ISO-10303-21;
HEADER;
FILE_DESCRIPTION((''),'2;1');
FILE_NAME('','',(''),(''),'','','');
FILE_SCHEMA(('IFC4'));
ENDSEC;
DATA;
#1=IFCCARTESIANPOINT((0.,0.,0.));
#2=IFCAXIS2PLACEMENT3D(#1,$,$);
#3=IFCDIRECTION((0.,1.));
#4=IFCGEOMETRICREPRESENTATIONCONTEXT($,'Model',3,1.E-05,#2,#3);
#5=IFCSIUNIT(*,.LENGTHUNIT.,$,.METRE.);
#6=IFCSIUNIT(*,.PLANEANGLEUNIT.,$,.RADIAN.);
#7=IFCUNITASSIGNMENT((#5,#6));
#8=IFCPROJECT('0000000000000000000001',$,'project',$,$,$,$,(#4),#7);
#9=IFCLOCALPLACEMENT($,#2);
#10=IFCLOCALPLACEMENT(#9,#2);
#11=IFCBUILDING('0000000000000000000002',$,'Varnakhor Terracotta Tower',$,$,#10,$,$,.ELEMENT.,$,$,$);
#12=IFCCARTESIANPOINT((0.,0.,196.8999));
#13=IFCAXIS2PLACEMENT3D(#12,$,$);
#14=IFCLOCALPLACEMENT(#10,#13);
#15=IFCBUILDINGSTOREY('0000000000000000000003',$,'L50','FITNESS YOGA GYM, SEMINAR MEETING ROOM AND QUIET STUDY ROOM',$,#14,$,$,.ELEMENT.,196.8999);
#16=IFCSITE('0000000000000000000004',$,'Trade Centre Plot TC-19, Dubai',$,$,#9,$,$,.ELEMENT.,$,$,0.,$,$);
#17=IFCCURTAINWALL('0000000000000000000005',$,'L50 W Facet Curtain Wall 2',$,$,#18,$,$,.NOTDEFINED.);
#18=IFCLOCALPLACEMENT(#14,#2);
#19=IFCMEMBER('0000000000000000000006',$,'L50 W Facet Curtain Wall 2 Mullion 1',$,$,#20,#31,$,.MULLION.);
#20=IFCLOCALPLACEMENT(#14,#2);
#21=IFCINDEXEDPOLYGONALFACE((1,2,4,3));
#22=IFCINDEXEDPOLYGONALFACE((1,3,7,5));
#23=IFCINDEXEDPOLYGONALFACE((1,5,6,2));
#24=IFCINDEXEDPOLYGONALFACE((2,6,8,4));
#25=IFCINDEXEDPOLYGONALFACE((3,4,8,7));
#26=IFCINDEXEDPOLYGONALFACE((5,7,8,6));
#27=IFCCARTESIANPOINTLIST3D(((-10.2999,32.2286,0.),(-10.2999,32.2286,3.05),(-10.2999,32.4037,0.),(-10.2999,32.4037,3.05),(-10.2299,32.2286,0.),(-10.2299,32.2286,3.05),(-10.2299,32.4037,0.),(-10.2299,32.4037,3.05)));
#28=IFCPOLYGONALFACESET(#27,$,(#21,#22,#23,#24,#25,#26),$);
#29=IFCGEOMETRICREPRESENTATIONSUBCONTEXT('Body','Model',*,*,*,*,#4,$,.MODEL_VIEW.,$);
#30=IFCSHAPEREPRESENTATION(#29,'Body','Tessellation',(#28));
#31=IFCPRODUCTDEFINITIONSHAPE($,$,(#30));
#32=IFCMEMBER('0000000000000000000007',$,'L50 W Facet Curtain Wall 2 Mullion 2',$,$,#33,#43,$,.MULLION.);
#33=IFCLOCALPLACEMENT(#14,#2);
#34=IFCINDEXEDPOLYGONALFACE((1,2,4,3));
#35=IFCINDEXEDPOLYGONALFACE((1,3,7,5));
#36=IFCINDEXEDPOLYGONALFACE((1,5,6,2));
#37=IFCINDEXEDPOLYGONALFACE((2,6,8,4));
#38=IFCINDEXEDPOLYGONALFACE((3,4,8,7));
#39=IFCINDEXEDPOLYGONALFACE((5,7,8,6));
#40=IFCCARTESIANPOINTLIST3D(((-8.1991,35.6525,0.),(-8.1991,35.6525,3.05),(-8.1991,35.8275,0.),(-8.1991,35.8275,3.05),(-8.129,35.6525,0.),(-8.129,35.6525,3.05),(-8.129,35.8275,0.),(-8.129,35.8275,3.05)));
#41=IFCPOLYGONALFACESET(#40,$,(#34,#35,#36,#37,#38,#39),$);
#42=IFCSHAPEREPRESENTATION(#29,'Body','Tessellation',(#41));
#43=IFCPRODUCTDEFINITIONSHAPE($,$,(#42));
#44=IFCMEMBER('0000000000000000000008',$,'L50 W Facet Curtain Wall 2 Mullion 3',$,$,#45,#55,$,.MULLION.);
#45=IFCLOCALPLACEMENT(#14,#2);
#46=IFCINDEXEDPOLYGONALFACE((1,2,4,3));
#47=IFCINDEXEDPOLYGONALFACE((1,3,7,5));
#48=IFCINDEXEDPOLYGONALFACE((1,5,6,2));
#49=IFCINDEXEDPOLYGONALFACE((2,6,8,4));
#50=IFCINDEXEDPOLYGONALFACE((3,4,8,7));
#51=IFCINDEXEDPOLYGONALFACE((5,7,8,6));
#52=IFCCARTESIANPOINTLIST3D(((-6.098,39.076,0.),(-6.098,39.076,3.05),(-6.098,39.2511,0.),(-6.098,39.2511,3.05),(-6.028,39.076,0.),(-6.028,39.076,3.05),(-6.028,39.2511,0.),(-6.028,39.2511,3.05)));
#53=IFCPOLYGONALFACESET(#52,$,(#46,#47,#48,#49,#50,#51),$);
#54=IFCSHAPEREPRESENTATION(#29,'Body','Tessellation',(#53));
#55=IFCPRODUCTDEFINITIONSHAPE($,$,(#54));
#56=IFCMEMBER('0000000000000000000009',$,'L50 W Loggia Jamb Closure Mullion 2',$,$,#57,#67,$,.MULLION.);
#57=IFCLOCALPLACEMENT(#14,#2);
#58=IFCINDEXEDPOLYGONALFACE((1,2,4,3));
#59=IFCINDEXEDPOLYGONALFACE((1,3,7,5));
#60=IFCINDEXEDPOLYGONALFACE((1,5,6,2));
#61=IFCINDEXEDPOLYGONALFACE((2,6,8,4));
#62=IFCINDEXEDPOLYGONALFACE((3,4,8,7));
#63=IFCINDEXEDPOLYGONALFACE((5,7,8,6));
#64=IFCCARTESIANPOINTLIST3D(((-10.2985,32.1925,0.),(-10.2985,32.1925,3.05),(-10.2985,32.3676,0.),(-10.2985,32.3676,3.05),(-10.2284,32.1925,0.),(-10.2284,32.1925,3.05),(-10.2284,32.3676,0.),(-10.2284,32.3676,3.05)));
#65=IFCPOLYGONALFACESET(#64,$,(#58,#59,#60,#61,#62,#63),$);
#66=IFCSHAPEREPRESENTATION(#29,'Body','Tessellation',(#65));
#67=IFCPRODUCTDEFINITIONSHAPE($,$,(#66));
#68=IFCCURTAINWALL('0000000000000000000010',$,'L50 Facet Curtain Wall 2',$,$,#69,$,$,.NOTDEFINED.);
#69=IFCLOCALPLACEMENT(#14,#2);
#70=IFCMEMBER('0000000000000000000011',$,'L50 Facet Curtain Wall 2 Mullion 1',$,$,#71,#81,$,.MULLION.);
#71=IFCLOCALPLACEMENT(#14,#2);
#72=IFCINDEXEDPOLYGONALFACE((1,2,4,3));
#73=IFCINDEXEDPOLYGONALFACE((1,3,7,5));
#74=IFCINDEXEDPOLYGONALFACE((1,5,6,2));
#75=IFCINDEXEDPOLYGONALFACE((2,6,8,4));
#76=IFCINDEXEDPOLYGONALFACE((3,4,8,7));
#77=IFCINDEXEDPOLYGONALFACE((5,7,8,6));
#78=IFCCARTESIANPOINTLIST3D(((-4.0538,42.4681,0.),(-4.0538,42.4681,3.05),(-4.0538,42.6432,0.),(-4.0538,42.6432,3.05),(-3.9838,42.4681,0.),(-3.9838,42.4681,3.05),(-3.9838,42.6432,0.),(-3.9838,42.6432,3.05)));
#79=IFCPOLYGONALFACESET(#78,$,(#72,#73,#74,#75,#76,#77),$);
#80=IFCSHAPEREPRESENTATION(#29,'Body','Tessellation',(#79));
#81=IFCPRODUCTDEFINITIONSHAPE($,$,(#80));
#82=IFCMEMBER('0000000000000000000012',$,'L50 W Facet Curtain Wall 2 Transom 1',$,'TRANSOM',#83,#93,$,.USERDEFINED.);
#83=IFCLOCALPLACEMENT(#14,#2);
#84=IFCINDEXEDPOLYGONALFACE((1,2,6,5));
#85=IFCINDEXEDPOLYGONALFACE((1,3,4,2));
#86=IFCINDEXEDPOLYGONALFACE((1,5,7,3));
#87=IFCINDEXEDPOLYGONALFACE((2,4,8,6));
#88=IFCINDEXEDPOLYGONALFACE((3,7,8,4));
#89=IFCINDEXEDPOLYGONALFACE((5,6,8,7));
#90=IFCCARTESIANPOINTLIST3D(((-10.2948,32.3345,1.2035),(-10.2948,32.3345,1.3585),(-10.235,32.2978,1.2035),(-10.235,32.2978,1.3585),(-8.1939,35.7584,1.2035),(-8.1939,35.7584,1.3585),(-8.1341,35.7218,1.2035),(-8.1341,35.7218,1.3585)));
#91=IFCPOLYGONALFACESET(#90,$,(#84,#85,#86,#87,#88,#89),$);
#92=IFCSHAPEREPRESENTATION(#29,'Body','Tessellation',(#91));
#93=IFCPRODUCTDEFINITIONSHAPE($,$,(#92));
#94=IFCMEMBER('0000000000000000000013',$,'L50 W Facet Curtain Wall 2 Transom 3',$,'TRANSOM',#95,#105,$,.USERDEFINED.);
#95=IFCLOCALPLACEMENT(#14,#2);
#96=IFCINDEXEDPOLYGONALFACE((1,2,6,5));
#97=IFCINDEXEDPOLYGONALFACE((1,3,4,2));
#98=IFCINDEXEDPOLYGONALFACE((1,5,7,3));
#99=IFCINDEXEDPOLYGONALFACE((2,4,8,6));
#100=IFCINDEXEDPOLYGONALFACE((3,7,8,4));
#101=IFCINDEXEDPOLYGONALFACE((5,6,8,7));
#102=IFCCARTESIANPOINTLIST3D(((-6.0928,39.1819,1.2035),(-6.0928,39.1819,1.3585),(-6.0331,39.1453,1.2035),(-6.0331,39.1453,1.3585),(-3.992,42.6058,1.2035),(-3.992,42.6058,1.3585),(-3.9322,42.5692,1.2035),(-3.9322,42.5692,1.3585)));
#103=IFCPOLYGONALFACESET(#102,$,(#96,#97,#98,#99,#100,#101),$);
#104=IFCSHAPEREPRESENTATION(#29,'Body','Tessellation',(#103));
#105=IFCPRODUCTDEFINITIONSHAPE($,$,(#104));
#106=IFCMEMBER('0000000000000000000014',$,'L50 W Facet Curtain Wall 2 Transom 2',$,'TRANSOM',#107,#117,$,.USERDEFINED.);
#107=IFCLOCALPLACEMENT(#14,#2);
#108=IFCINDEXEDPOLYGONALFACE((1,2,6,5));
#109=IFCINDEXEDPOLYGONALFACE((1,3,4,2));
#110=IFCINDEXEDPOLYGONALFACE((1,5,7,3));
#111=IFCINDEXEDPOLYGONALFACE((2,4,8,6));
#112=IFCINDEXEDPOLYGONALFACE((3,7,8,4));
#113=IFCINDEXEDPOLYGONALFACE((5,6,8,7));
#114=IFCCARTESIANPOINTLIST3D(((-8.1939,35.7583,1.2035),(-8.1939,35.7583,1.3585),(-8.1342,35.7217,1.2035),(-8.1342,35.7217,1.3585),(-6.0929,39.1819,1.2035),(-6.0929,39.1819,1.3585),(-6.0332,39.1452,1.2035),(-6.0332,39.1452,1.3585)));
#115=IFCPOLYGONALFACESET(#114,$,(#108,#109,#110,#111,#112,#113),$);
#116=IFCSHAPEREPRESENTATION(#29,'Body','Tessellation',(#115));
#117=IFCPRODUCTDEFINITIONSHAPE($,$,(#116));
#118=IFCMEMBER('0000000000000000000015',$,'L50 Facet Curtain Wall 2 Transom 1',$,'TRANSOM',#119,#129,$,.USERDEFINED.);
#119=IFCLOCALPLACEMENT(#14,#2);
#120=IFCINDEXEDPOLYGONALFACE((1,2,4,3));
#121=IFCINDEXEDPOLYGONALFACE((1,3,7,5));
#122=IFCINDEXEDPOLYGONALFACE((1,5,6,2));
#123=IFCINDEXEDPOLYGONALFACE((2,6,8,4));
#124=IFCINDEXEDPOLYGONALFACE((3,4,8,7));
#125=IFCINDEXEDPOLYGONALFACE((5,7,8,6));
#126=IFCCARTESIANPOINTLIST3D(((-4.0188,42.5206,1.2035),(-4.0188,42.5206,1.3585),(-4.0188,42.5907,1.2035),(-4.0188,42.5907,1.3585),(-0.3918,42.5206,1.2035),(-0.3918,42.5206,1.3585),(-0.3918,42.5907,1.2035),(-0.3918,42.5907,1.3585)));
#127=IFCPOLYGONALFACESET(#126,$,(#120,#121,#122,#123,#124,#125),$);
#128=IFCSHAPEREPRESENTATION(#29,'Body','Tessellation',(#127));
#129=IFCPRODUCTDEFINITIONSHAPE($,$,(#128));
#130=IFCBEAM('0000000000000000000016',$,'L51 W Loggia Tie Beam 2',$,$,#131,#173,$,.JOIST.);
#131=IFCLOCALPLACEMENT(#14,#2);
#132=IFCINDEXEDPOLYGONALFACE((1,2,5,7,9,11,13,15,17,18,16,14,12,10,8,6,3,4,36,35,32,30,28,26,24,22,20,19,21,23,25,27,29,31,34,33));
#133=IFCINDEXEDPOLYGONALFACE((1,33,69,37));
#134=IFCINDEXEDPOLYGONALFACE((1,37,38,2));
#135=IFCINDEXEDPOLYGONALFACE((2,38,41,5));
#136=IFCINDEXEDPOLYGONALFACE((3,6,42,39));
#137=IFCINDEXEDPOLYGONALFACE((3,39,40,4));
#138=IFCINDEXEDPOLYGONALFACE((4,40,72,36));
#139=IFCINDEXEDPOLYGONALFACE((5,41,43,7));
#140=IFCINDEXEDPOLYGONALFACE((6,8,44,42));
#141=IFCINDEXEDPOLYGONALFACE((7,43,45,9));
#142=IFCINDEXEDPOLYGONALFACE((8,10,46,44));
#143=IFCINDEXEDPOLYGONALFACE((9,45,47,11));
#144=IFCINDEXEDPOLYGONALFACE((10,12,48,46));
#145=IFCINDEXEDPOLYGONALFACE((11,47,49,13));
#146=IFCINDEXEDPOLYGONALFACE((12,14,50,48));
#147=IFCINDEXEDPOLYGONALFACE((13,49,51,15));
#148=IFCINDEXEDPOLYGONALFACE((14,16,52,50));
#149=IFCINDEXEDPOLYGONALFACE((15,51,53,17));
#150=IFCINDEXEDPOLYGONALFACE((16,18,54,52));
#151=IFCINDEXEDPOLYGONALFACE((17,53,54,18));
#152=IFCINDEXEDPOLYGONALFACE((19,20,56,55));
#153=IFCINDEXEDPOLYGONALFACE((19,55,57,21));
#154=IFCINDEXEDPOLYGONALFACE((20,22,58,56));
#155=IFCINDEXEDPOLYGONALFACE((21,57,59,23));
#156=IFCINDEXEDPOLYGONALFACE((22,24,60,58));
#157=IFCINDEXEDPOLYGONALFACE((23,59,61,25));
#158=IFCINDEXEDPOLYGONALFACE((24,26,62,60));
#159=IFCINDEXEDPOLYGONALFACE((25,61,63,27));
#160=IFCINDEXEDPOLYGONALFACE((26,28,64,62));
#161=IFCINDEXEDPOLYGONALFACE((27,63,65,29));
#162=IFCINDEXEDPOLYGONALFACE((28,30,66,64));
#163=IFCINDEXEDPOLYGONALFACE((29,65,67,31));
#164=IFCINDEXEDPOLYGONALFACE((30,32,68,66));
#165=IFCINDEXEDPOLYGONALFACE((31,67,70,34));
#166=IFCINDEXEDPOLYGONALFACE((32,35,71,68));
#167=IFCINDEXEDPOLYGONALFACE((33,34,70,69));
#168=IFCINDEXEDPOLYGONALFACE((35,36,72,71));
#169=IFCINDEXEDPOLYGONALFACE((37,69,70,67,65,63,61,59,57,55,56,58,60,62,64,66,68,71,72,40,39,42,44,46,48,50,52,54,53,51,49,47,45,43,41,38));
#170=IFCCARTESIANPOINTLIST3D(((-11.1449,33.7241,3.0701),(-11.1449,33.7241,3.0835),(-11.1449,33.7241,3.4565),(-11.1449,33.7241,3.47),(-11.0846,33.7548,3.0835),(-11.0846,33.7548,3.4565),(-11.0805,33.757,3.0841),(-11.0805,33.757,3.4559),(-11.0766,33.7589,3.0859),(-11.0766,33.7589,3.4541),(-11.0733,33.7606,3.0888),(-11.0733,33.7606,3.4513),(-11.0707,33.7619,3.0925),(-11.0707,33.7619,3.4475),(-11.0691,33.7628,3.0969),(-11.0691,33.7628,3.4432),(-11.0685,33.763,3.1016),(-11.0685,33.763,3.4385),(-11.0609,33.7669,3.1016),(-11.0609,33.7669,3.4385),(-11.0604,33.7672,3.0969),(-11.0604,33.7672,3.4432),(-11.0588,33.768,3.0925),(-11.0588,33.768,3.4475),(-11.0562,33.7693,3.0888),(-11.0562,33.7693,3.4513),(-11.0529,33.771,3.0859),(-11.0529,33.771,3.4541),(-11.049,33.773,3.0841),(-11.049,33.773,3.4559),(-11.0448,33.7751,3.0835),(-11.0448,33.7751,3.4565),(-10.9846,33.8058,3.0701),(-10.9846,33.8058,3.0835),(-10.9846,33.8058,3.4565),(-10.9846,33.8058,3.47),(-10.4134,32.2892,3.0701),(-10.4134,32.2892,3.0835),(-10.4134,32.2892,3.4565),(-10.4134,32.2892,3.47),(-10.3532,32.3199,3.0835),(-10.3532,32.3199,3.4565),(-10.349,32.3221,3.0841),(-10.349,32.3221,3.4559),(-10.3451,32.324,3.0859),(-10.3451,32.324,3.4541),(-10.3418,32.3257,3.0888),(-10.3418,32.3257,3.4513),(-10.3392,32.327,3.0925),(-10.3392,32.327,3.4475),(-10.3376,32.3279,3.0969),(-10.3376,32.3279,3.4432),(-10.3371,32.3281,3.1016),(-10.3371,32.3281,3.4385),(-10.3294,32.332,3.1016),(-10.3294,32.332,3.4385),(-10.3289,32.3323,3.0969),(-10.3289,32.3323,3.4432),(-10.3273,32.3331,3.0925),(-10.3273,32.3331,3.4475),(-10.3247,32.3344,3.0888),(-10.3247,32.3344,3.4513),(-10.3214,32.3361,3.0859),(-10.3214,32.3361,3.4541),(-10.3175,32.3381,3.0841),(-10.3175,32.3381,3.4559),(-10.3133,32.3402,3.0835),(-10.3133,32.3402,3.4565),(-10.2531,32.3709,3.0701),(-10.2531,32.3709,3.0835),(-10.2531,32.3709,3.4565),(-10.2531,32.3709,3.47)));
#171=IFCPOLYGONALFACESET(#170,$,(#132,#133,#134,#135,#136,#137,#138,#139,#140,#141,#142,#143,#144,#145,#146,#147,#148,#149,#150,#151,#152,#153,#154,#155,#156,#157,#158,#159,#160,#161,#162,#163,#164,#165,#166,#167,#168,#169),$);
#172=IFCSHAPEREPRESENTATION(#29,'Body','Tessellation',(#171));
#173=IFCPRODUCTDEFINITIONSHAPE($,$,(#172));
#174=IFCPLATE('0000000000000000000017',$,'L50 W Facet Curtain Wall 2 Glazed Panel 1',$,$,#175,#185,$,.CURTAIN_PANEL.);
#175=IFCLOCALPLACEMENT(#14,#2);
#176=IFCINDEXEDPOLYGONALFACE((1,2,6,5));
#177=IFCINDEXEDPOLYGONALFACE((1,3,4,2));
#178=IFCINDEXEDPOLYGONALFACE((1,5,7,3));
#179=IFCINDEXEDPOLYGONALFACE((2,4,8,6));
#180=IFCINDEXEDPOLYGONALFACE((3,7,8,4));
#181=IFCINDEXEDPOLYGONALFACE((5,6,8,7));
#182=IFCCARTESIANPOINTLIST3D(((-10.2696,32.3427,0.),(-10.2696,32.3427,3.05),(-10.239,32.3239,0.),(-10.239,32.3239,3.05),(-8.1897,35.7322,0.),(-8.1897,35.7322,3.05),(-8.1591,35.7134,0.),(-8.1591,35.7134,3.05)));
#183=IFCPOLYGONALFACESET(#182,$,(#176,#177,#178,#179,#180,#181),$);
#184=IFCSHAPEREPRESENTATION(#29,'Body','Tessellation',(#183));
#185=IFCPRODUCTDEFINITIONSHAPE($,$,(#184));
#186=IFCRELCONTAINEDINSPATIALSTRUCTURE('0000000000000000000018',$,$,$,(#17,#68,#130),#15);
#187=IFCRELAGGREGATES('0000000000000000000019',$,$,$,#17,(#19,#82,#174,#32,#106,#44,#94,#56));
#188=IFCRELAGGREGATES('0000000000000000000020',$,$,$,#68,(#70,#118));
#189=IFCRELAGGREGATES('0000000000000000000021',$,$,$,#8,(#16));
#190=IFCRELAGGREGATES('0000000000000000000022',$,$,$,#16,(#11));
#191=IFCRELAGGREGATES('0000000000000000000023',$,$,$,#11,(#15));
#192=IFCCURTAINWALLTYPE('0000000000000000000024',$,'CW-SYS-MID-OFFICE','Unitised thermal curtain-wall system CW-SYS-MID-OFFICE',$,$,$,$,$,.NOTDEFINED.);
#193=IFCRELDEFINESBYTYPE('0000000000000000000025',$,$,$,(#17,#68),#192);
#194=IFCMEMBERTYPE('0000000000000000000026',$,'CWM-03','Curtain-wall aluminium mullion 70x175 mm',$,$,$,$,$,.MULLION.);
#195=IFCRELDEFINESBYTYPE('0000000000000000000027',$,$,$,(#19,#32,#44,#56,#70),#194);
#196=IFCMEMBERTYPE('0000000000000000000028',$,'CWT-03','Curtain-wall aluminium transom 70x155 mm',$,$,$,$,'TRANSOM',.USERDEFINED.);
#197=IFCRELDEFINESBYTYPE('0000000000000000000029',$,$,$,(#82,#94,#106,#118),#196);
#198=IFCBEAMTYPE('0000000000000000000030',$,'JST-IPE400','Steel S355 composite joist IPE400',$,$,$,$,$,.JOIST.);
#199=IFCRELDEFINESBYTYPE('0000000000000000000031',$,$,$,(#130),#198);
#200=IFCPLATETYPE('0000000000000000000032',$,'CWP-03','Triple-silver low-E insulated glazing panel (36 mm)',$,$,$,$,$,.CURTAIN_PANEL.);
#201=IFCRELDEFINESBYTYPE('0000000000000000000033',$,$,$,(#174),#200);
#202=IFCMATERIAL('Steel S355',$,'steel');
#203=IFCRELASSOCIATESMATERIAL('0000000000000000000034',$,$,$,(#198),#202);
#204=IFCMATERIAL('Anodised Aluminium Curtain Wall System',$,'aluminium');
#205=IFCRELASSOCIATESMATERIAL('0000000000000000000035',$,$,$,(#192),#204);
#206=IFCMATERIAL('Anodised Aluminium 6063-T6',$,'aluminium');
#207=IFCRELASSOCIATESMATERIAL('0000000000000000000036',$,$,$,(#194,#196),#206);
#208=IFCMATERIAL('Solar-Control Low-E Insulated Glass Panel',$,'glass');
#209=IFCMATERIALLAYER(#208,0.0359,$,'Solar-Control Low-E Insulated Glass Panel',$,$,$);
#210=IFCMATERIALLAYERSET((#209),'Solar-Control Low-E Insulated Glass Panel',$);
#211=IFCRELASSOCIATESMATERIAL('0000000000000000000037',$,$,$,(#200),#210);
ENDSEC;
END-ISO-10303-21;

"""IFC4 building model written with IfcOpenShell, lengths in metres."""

from ifc_helpers import new_model, si_unit, direction, frame, origin, origin_2d, place, context, subcontext, project, spatial, rectangle, i_section, extrude, source, transform, mapped, material, layer, layer_set, material_profile, profile_set, type_object, element, aggregate, save


model = new_model("IFC4")

# Units and contexts
model_context = context("Model", 3, precision=1e-05, world=origin(), true_north=direction((0.0, 1.0)))
body_context = subcontext(model_context, "Body", "Model", "MODEL_VIEW")
ifc_project = project(units=[si_unit("LENGTHUNIT", "METRE"), si_unit("PLANEANGLEUNIT", "RADIAN")], contexts=[model_context])

# Site, building, storey
site_placement = place(None, origin())
site = spatial("IfcSite", under=ifc_project, at=site_placement, Name="Trade Centre Plot TC-19, Dubai", CompositionType="ELEMENT", RefElevation=0.0)
building_placement = place(site_placement, origin())
building = spatial("IfcBuilding", under=site, at=building_placement, Name="Varnakhor Terracotta Tower", CompositionType="ELEMENT")
storey_placement = place(building_placement, frame((0.0, 0.0, 196.8999)))
storey = spatial("IfcBuildingStorey", under=building, at=storey_placement, Name="L50", Description="FITNESS YOGA GYM, SEMINAR MEETING ROOM AND QUIET STUDY ROOM", CompositionType="ELEMENT", Elevation=196.8999)

# Shared definitions
ifc_material_1 = material(Name="Steel S355", Category="steel")
ifc_material_profile_1 = material_profile(ifc_material_1, i_section(OverallWidth=0.1799, OverallDepth=0.3999, WebThickness=0.0085, FlangeThickness=0.0134, FilletRadius=0.0181, at=origin_2d()), Name="IPE400")
ifc_profile_set_1 = profile_set([ifc_material_profile_1], Name="Steel S355")
beam_type_1 = type_object("IfcBeamType", Name="JST-IPE400", Description="Steel S355 composite joist IPE400", PredefinedType="JOIST", material=ifc_profile_set_1)

# Curtain wall, members
ifc_material_2 = material(Name="Anodised Aluminium Curtain Wall System", Category="aluminium")
curtain_wall_type = type_object("IfcCurtainWallType", Name="CW-SYS-MID-OFFICE", Description="Unitised thermal curtain-wall system CW-SYS-MID-OFFICE", PredefinedType="NOTDEFINED", material=ifc_material_2)
curtain_wall_1_placement = place(storey_placement, origin())
curtain_wall_1 = element("IfcCurtainWall", 1, at=curtain_wall_1_placement, inside=storey, type_object=curtain_wall_type, Name="L50 W Facet Curtain Wall 2", PredefinedType="NOTDEFINED")
ifc_material_3 = material(Name="Anodised Aluminium 6063-T6", Category="aluminium")
ifc_material_profile_2 = material_profile(ifc_material_3, rectangle(XDim=0.0701, YDim=0.175, at=origin_2d()), Name="ALU MULLION 70x175")
ifc_profile_set_2 = profile_set([ifc_material_profile_2], Name="Anodised Aluminium 6063-T6")
member_type_1 = type_object("IfcMemberType", Name="CWM-03", Description="Curtain-wall aluminium mullion 70x175 mm", PredefinedType="MULLION", material=ifc_profile_set_2)
shared_shape_1 = source(origin(), body_context, "Body", "SweptSolid", [
    extrude(rectangle(XDim=0.0701, YDim=0.175, at=origin_2d()), origin(), (0.0, 0.0, 1.0), 3.05),
])
member_1_placement = place(storey_placement, frame((-10.2649, 32.3162, 0.0), z_axis=(0.0, 0.0, 1.0), x_axis=(1.0, 0.0, 0.0)))
member_1 = element("IfcMember", 2, at=member_1_placement, type_object=member_type_1, Name="L50 W Facet Curtain Wall 2 Mullion 1", PredefinedType="MULLION", context=body_context, shape_type="MappedRepresentation", body=[
    mapped(shared_shape_1, transform((0.0, 0.0, 0.0), scale=1.0)),
])
member_2_placement = place(storey_placement, frame((-8.1641, 35.74, 0.0), z_axis=(0.0, 0.0, 1.0), x_axis=(1.0, 0.0, 0.0)))
member_2 = element("IfcMember", 3, at=member_2_placement, type_object=member_type_1, Name="L50 W Facet Curtain Wall 2 Mullion 2", PredefinedType="MULLION", context=body_context, shape_type="MappedRepresentation", body=[
    mapped(shared_shape_1, transform((0.0, 0.0, 0.0), scale=1.0)),
])
member_3_placement = place(storey_placement, frame((-6.063, 39.1636, 0.0), z_axis=(0.0, 0.0, 1.0), x_axis=(1.0, 0.0, 0.0)))
member_3 = element("IfcMember", 4, at=member_3_placement, type_object=member_type_1, Name="L50 W Facet Curtain Wall 2 Mullion 3", PredefinedType="MULLION", context=body_context, shape_type="MappedRepresentation", body=[
    mapped(shared_shape_1, transform((0.0, 0.0, 0.0), scale=1.0)),
])
member_4_placement = place(storey_placement, frame((-10.2634, 32.28, 0.0), z_axis=(0.0, 0.0, 1.0), x_axis=(1.0, 0.0, 0.0)))
member_4 = element("IfcMember", 5, at=member_4_placement, type_object=member_type_1, Name="L50 W Loggia Jamb Closure Mullion 2", PredefinedType="MULLION", context=body_context, shape_type="MappedRepresentation", body=[
    mapped(shared_shape_1, transform((0.0, 0.0, 0.0), scale=1.0)),
])

# Curtain wall, member
curtain_wall_2_placement = place(storey_placement, origin())
curtain_wall_2 = element("IfcCurtainWall", 6, at=curtain_wall_2_placement, inside=storey, type_object=curtain_wall_type, Name="L50 Facet Curtain Wall 2", PredefinedType="NOTDEFINED")
member_5_placement = place(storey_placement, frame((-4.0188, 42.5557, 0.0), z_axis=(0.0, 0.0, 1.0), x_axis=(1.0, 0.0, 0.0)))
member_5 = element("IfcMember", 7, at=member_5_placement, type_object=member_type_1, Name="L50 Facet Curtain Wall 2 Mullion 1", PredefinedType="MULLION", context=body_context, shape_type="MappedRepresentation", body=[
    mapped(shared_shape_1, transform((0.0, 0.0, 0.0), scale=1.0)),
])

# Members
ifc_material_profile_3 = material_profile(ifc_material_3, rectangle(XDim=0.0701, YDim=0.155, at=origin_2d()), Name="ALU TRANSOM 70x155")
ifc_profile_set_3 = profile_set([ifc_material_profile_3], Name="Anodised Aluminium 6063-T6")
member_type_2 = type_object("IfcMemberType", Name="CWT-03", Description="Curtain-wall aluminium transom 70x155 mm", ElementType="TRANSOM", PredefinedType="USERDEFINED", material=ifc_profile_set_3)
shared_shape_2 = source(origin(), body_context, "Body", "SweptSolid", [
    extrude(rectangle(XDim=0.0701, YDim=0.155, at=origin_2d()), origin(), (0.0, 0.0, 1.0), 4.0171),
])
member_6_placement = place(storey_placement, frame((-10.2649, 32.3162, 1.281), z_axis=(0.522988, 0.85234, 0.0), x_axis=(-0.85234, 0.522988, 0.0)))
member_6 = element("IfcMember", 8, at=member_6_placement, type_object=member_type_2, Name="L50 W Facet Curtain Wall 2 Transom 1", ObjectType="TRANSOM", PredefinedType="USERDEFINED", context=body_context, shape_type="MappedRepresentation", body=[
    mapped(shared_shape_2, transform((0.0, 0.0, 0.0), scale=1.0)),
])
member_7_placement = place(storey_placement, frame((-6.063, 39.1636, 1.281), z_axis=(0.522988, 0.85234, 0.0), x_axis=(-0.85234, 0.522988, 0.0)))
member_7 = element("IfcMember", 9, at=member_7_placement, type_object=member_type_2, Name="L50 W Facet Curtain Wall 2 Transom 3", ObjectType="TRANSOM", PredefinedType="USERDEFINED", context=body_context, shape_type="MappedRepresentation", body=[
    mapped(shared_shape_2, transform((0.0, 0.0, 0.0), scale=1.0)),
])
shared_shape_3 = source(origin(), body_context, "Body", "SweptSolid", [
    extrude(rectangle(XDim=0.0701, YDim=0.155, at=origin_2d()), origin(), (0.0, 0.0, 1.0), 4.0168),
])
member_8_placement = place(storey_placement, frame((-8.1641, 35.74, 1.281), z_axis=(0.523059, 0.852296, 0.0), x_axis=(-0.852296, 0.523059, 0.0)))
member_8 = element("IfcMember", 10, at=member_8_placement, type_object=member_type_2, Name="L50 W Facet Curtain Wall 2 Transom 2", ObjectType="TRANSOM", PredefinedType="USERDEFINED", context=body_context, shape_type="MappedRepresentation", body=[
    mapped(shared_shape_3, transform((0.0, 0.0, 0.0), scale=1.0)),
])
shared_shape_4 = source(origin(), body_context, "Body", "SweptSolid", [
    extrude(rectangle(XDim=0.0701, YDim=0.155, at=origin_2d()), origin(), (0.0, 0.0, 1.0), 3.627),
])
member_9_placement = place(storey_placement, frame((-4.0188, 42.5557, 1.281), z_axis=(1.0, 0.0, 0.0), x_axis=(0.0, 1.0, 0.0)))
member_9 = element("IfcMember", 11, at=member_9_placement, type_object=member_type_2, Name="L50 Facet Curtain Wall 2 Transom 1", ObjectType="TRANSOM", PredefinedType="USERDEFINED", context=body_context, shape_type="MappedRepresentation", body=[
    mapped(shared_shape_4, transform((0.0, 0.0, 0.0), scale=1.0)),
])

# Beam
shared_shape_5 = source(origin(), body_context, "Body", "SweptSolid", [
    extrude(i_section(OverallWidth=0.1799, OverallDepth=0.3999, WebThickness=0.0085, FlangeThickness=0.0134, FilletRadius=0.0181, at=origin_2d()), origin(), (0.0, 0.0, 1.0), 1.6106),
])
beam_1_placement = place(storey_placement, frame((-10.3333, 32.3301, 3.27), z_axis=(-0.454173, 0.890913, 0.0), x_axis=(-0.890913, -0.454173, 0.0)))
element("IfcBeam", 12, at=beam_1_placement, inside=storey, type_object=beam_type_1, Name="L51 W Loggia Tie Beam 2", PredefinedType="JOIST", context=body_context, shape_type="MappedRepresentation", body=[
    mapped(shared_shape_5, transform((0.0, 0.0, 0.0), scale=1.0)),
])

# Plate
ifc_material_4 = material(Name="Solar-Control Low-E Insulated Glass Panel", Category="glass")
ifc_layer_1 = layer(ifc_material_4, 0.0359, Name="Solar-Control Low-E Insulated Glass Panel")
ifc_layer_set_1 = layer_set([ifc_layer_1], Name="Solar-Control Low-E Insulated Glass Panel")
plate_type = type_object("IfcPlateType", Name="CWP-03", Description="Triple-silver low-E insulated glazing panel (36 mm)", PredefinedType="CURTAIN_PANEL", material=ifc_layer_set_1)
shared_shape_6 = source(origin(), body_context, "Body", "SweptSolid", [
    extrude(rectangle(XDim=3.9768, YDim=0.0359, at=origin_2d()), origin(), (0.0, 0.0, 1.0), 3.05),
])
plate_1_placement = place(storey_placement, frame((-9.2144, 34.0281, 0.0), z_axis=(0.0, 0.0, 1.0), x_axis=(0.523019, 0.852321, 0.0)))
plate_1 = element("IfcPlate", 13, at=plate_1_placement, type_object=plate_type, Name="L50 W Facet Curtain Wall 2 Glazed Panel 1", PredefinedType="CURTAIN_PANEL", context=body_context, shape_type="MappedRepresentation", body=[
    mapped(shared_shape_6, transform((0.0, 0.0, 0.0), scale=1.0)),
])
aggregate(curtain_wall_1, [member_1, member_6, plate_1, member_2, member_8, member_3, member_7, member_4])
aggregate(curtain_wall_2, [member_5, member_9])

save(model, "model.ifc")
